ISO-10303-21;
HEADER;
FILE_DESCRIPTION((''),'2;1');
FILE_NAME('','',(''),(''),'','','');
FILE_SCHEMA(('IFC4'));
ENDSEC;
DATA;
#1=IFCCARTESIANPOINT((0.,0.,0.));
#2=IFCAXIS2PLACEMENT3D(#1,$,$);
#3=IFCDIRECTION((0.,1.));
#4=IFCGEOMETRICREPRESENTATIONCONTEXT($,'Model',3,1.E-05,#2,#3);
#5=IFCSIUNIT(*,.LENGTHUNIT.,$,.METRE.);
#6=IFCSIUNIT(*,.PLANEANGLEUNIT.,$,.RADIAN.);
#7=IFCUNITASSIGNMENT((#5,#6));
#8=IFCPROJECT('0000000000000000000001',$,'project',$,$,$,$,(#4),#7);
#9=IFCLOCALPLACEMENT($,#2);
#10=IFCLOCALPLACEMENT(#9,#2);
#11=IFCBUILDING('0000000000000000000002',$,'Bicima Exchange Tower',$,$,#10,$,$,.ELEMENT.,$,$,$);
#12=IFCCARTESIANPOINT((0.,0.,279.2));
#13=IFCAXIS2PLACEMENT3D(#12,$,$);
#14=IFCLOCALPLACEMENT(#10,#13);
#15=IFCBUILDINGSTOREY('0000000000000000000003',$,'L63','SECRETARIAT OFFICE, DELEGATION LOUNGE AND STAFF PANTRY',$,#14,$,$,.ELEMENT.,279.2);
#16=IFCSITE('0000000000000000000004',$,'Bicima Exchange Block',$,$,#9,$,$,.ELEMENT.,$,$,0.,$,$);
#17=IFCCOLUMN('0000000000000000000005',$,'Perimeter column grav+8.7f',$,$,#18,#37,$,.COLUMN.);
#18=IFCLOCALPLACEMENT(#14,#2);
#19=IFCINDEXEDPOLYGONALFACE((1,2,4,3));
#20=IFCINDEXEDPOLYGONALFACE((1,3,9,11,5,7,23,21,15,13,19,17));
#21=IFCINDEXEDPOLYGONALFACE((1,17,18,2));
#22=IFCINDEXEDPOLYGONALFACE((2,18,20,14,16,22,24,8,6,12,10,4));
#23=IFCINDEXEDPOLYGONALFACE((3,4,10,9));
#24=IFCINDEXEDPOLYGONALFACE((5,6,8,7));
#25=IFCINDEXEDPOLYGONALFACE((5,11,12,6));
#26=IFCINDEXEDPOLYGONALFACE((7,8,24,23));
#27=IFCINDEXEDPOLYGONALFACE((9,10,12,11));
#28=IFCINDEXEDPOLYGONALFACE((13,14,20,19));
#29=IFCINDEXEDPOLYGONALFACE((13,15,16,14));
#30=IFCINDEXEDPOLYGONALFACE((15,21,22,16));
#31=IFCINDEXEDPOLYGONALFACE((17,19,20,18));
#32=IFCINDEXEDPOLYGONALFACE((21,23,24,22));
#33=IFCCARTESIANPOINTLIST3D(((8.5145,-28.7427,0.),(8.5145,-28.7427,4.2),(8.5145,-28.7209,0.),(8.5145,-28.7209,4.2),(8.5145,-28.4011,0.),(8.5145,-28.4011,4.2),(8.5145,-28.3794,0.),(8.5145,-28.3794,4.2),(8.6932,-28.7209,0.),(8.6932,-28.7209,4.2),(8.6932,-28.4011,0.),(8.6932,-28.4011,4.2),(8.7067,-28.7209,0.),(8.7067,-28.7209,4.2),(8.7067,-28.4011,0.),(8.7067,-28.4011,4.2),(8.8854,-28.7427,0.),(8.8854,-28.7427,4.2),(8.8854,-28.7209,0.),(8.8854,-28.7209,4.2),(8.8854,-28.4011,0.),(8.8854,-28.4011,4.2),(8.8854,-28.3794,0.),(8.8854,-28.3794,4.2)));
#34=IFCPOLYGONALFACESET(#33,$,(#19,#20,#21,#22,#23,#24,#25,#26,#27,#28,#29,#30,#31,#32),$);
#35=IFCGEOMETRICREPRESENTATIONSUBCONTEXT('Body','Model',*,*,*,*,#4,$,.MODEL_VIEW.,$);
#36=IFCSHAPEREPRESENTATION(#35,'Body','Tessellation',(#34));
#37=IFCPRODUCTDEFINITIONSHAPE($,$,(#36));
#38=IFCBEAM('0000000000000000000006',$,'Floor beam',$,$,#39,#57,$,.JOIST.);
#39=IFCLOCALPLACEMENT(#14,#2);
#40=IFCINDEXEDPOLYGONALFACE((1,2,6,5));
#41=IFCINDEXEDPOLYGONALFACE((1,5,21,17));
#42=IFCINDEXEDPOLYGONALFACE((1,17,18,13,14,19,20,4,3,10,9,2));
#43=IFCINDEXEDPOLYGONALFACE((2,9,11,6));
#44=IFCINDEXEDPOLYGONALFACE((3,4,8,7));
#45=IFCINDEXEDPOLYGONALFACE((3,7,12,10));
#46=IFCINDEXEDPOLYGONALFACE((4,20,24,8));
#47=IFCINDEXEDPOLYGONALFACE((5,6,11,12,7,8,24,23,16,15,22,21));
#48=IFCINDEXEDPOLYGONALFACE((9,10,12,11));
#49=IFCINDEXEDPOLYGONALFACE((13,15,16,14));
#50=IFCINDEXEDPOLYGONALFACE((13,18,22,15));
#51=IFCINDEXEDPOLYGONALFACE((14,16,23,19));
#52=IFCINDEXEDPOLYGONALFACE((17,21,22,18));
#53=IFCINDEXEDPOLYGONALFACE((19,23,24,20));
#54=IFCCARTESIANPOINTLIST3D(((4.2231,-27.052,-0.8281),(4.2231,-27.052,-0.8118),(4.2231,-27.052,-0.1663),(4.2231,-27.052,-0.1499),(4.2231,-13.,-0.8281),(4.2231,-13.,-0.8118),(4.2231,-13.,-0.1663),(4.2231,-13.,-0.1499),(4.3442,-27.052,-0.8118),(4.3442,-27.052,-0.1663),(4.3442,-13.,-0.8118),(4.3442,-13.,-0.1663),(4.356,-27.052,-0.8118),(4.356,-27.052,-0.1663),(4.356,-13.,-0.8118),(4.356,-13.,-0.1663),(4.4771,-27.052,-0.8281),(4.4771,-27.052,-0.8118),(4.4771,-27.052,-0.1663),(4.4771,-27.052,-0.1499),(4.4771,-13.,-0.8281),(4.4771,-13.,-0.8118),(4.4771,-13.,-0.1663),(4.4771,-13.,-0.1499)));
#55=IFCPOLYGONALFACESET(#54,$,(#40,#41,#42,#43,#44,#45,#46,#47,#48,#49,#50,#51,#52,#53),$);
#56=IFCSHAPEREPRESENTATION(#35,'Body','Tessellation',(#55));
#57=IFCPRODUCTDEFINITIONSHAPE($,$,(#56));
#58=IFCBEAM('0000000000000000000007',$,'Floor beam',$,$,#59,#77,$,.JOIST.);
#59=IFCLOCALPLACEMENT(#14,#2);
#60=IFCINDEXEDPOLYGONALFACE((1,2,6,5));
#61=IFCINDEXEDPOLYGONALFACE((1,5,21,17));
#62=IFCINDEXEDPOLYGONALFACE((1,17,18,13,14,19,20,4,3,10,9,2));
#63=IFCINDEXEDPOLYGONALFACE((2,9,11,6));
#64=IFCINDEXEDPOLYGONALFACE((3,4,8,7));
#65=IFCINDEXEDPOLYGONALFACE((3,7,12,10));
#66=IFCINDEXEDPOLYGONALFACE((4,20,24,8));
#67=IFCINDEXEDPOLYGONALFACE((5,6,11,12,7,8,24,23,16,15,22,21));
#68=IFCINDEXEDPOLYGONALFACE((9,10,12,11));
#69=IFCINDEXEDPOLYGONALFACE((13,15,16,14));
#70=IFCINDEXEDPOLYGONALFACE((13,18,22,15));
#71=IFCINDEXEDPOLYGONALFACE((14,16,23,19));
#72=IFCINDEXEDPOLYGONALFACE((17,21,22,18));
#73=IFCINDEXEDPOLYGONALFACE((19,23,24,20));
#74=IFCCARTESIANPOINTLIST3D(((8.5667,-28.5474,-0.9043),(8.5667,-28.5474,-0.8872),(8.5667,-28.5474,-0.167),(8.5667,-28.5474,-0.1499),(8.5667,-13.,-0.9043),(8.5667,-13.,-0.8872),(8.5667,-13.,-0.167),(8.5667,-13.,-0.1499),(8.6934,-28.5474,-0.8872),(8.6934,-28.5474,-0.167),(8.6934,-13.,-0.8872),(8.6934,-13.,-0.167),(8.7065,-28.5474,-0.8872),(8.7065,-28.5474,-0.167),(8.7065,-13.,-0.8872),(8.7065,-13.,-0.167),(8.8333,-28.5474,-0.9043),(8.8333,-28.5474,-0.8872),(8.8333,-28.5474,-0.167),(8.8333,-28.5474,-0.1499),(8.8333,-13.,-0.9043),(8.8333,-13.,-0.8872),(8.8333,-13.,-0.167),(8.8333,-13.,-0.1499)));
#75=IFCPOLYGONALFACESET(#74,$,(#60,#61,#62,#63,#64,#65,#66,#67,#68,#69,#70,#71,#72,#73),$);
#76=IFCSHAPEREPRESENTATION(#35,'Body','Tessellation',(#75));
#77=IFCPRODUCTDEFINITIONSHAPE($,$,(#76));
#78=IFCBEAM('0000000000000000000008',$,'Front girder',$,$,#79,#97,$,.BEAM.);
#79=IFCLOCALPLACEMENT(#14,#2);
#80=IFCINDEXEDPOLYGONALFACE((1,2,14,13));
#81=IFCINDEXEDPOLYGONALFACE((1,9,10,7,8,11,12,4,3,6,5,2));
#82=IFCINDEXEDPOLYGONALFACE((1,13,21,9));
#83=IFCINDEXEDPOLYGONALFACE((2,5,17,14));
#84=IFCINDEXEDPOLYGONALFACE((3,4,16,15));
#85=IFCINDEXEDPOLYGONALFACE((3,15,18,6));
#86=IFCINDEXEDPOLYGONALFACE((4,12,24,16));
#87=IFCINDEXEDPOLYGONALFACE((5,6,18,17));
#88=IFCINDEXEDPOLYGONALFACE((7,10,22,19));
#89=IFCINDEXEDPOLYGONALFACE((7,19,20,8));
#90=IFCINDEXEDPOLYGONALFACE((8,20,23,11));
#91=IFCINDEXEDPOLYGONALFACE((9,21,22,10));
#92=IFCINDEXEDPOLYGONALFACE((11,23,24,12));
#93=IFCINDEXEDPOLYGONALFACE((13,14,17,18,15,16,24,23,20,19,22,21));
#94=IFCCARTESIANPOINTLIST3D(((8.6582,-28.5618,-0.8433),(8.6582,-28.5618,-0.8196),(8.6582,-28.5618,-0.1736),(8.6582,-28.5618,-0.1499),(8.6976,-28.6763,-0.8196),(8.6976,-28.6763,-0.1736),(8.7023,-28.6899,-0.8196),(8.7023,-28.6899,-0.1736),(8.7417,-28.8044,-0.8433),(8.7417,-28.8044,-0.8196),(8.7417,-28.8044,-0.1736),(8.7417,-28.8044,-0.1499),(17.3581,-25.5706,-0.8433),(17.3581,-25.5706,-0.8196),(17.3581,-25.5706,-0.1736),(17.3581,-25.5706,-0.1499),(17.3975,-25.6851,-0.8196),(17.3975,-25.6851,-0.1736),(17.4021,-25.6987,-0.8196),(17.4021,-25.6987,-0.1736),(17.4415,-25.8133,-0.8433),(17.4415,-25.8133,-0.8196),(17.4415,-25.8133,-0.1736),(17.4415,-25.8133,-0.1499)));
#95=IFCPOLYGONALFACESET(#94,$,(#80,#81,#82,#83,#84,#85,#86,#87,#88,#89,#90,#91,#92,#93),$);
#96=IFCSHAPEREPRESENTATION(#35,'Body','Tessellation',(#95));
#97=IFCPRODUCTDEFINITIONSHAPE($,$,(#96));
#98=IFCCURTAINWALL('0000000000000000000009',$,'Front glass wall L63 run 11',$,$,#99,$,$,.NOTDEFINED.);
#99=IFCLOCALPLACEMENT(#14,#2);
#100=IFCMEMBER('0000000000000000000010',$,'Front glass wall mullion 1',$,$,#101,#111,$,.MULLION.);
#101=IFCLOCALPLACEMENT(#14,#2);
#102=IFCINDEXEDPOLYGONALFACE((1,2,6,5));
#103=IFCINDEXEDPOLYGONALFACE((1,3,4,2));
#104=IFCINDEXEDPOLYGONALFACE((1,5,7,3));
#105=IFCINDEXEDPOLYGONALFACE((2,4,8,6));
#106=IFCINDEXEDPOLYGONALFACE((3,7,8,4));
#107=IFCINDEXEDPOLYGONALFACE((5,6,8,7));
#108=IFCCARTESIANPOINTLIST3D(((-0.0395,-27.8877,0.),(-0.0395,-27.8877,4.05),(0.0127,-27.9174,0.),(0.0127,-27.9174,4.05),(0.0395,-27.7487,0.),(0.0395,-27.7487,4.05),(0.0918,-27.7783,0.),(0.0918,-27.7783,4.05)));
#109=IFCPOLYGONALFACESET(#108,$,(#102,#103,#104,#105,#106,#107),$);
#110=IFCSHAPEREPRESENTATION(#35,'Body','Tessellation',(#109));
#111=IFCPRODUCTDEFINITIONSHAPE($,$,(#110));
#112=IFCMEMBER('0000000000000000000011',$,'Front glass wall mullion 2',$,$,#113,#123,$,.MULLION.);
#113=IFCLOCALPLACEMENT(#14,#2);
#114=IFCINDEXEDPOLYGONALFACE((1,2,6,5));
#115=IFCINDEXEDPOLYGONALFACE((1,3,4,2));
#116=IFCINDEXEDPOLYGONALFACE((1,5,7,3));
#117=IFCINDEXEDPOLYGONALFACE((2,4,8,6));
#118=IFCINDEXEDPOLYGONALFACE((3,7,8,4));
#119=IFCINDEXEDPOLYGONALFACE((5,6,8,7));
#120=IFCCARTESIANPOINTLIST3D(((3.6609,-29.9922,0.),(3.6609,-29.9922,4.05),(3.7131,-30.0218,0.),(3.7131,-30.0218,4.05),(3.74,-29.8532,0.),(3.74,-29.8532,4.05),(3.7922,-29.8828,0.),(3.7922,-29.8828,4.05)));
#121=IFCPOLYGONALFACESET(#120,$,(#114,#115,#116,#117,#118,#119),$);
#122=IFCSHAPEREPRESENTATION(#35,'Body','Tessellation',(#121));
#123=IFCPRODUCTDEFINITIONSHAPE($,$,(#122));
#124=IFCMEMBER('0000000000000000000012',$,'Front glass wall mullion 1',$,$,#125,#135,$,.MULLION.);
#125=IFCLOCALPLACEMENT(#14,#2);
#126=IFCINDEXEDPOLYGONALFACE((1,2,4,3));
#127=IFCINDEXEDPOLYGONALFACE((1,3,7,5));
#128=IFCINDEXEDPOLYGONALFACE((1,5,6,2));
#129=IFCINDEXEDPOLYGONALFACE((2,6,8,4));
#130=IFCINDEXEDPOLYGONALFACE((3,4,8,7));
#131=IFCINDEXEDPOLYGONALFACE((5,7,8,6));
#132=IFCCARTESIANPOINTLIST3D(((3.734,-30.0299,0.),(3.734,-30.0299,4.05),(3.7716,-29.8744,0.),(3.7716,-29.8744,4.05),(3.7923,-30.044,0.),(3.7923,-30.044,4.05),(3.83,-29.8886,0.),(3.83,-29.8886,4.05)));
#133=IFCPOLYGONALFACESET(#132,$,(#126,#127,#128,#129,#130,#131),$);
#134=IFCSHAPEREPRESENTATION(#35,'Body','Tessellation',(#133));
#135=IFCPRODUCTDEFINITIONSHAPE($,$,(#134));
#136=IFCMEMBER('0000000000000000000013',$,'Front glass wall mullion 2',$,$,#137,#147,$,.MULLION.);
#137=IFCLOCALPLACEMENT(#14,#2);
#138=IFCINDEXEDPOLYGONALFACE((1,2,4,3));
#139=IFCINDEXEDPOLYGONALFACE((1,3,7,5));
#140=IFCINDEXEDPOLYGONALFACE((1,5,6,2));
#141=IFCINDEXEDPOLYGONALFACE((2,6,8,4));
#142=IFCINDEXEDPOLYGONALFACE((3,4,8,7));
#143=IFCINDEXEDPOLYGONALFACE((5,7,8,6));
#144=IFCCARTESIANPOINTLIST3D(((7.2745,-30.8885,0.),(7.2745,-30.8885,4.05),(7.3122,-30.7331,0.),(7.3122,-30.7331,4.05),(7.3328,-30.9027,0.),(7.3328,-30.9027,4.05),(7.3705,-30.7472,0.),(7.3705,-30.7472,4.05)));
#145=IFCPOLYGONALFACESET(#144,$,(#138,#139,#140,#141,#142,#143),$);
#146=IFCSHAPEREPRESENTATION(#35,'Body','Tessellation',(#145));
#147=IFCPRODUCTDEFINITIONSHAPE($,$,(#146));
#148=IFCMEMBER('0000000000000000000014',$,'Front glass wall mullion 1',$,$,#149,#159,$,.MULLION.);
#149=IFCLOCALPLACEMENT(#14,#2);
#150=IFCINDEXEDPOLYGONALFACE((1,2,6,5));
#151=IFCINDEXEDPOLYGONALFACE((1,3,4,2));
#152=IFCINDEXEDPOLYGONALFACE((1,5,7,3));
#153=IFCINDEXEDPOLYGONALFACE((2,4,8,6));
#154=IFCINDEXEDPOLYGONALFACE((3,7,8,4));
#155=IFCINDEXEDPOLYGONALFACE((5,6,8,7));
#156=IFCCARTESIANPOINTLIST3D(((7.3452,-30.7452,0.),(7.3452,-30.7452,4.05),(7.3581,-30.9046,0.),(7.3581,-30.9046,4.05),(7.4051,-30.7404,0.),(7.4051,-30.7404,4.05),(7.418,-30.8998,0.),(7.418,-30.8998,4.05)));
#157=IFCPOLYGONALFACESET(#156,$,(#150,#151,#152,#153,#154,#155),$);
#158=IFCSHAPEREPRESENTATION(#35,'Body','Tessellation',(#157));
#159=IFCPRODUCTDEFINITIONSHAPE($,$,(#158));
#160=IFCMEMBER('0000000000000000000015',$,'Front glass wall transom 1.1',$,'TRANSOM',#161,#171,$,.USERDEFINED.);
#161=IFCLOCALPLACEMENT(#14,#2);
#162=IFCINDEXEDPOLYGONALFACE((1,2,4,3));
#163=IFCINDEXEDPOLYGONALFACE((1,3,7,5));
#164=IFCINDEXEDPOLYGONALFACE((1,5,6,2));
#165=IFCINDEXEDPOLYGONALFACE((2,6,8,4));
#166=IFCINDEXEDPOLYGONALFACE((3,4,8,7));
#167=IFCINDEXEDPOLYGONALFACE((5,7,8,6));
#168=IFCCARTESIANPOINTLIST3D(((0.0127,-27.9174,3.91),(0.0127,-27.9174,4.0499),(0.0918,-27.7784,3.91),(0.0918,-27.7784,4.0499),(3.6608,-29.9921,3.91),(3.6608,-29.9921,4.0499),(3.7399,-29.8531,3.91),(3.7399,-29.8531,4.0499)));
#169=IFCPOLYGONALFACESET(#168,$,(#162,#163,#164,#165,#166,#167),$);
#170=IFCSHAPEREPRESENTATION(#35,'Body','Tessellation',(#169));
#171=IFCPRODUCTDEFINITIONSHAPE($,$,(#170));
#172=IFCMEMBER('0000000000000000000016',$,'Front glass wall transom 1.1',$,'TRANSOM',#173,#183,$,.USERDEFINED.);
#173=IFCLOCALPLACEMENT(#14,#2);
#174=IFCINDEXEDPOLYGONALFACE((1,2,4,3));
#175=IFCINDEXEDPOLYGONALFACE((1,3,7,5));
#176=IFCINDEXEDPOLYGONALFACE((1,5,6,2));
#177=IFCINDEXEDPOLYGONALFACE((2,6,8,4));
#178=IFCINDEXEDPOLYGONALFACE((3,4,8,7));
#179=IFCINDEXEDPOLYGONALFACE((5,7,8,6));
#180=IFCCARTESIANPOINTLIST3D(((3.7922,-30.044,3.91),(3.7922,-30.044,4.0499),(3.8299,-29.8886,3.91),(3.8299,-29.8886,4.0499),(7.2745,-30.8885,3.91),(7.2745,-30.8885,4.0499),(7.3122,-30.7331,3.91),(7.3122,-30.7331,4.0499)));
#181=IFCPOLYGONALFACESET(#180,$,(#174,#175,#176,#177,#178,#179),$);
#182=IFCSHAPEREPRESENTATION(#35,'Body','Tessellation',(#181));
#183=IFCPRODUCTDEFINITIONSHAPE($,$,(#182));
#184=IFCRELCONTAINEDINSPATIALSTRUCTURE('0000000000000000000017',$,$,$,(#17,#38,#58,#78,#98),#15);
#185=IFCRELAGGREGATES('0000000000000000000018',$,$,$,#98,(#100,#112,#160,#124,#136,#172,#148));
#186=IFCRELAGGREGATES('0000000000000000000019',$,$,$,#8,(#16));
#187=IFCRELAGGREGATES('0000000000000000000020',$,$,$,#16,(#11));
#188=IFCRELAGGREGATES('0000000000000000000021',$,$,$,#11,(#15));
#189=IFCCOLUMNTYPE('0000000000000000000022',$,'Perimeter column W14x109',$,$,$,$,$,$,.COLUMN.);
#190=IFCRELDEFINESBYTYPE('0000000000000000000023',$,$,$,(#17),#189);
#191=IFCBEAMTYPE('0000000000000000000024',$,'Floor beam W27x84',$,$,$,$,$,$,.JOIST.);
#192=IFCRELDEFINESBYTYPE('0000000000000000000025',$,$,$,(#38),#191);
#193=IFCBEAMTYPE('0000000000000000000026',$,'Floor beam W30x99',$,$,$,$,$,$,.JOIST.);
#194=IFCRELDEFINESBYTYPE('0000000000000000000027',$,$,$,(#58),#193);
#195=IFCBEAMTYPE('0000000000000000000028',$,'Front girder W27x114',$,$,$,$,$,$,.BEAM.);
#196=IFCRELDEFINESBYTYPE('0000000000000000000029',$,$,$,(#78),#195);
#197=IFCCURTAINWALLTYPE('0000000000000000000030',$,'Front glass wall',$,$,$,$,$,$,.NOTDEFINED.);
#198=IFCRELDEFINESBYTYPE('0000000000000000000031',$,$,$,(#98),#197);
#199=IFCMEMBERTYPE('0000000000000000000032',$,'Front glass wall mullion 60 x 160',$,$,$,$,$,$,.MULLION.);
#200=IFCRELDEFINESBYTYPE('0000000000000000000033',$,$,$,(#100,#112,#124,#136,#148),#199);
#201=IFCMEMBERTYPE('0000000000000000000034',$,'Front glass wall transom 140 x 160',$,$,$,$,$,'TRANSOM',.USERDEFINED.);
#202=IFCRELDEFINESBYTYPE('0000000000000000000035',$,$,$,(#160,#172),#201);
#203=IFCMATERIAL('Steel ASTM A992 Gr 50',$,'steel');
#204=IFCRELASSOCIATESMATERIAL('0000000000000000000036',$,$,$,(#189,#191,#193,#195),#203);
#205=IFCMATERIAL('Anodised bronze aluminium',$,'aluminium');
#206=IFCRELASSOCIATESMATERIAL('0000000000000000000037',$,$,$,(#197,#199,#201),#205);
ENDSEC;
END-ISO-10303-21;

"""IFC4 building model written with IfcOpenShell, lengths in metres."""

from ifc_helpers import new_model, si_unit, direction, frame, origin, origin_2d, place, context, subcontext, project, spatial, rectangle, i_section, extrude, material, material_profile, profile_set, type_object, element, aggregate, save


model = new_model("IFC4")

# Units and contexts
model_context = context("Model", 3, precision=1e-05, world=origin(), true_north=direction((0.0, 1.0)))
body_context = subcontext(model_context, "Body", "Model", "MODEL_VIEW")
ifc_project = project(units=[si_unit("LENGTHUNIT", "METRE"), si_unit("PLANEANGLEUNIT", "RADIAN")], contexts=[model_context])

# Site, building, storey
site_placement = place(None, origin())
site = spatial("IfcSite", under=ifc_project, at=site_placement, Name="Bicima Exchange Block", CompositionType="ELEMENT", RefElevation=0.0)
building_placement = place(site_placement, origin())
building = spatial("IfcBuilding", under=site, at=building_placement, Name="Bicima Exchange Tower", CompositionType="ELEMENT")
storey_placement = place(building_placement, frame((0.0, 0.0, 279.2)))
storey = spatial("IfcBuildingStorey", under=building, at=storey_placement, Name="L63", Description="SECRETARIAT OFFICE, DELEGATION LOUNGE AND STAFF PANTRY", CompositionType="ELEMENT", Elevation=279.2)

# Column
ifc_material_1 = material(Name="Steel ASTM A992 Gr 50", Category="steel")
ifc_material_profile_1 = material_profile(ifc_material_1, i_section(OverallWidth=0.3708, OverallDepth=0.3633, WebThickness=0.0134, FlangeThickness=0.0217, at=origin_2d()))
ifc_profile_set_1 = profile_set([ifc_material_profile_1], Name="Steel ASTM A992 Gr 50")
column_type = type_object("IfcColumnType", Name="Perimeter column W14x109", PredefinedType="COLUMN", material=ifc_profile_set_1)
column_placement = place(storey_placement, frame((8.7, -28.561, 0.0), z_axis=(0.0, 0.0, 1.0), x_axis=(1.0, 0.0, 0.0)))
element("IfcColumn", 1, at=column_placement, inside=storey, type_object=column_type, Name="Perimeter column grav+8.7f", PredefinedType="COLUMN", context=body_context, shape_type="SweptSolid", body=[
    extrude(i_section(OverallWidth=0.3708, OverallDepth=0.3633, WebThickness=0.0134, FlangeThickness=0.0217, at=origin_2d()), origin(), (0.0, 0.0, 1.0), 4.2),
])

# Beams
ifc_material_profile_2 = material_profile(ifc_material_1, i_section(OverallWidth=0.2539, OverallDepth=0.6782, WebThickness=0.0117, FlangeThickness=0.0164, at=origin_2d()))
ifc_profile_set_2 = profile_set([ifc_material_profile_2], Name="Steel ASTM A992 Gr 50")
beam_type_1 = type_object("IfcBeamType", Name="Floor beam W27x84", PredefinedType="JOIST", material=ifc_profile_set_2)
beam_1_placement = place(storey_placement, frame((4.3501, -13.0, -0.489), z_axis=(0.0, -1.0, 0.0), x_axis=(1.0, 0.0, 0.0)))
element("IfcBeam", 2, at=beam_1_placement, inside=storey, type_object=beam_type_1, Name="Floor beam", PredefinedType="JOIST", context=body_context, shape_type="SweptSolid", body=[
    extrude(i_section(OverallWidth=0.2539, OverallDepth=0.6782, WebThickness=0.0117, FlangeThickness=0.0164, at=origin_2d()), origin(), (0.0, 0.0, 1.0), 14.052),
])
ifc_material_profile_3 = material_profile(ifc_material_1, i_section(OverallWidth=0.2666, OverallDepth=0.7544, WebThickness=0.0132, FlangeThickness=0.0171, at=origin_2d()))
ifc_profile_set_3 = profile_set([ifc_material_profile_3], Name="Steel ASTM A992 Gr 50")
beam_type_2 = type_object("IfcBeamType", Name="Floor beam W30x99", PredefinedType="JOIST", material=ifc_profile_set_3)
beam_2_placement = place(storey_placement, frame((8.7, -13.0, -0.5271), z_axis=(0.0, -1.0, 0.0), x_axis=(1.0, 0.0, 0.0)))
element("IfcBeam", 3, at=beam_2_placement, inside=storey, type_object=beam_type_2, Name="Floor beam", PredefinedType="JOIST", context=body_context, shape_type="SweptSolid", body=[
    extrude(i_section(OverallWidth=0.2666, OverallDepth=0.7544, WebThickness=0.0132, FlangeThickness=0.0171, at=origin_2d()), origin(), (0.0, 0.0, 1.0), 15.5474),
])
ifc_material_profile_4 = material_profile(ifc_material_1, i_section(OverallWidth=0.2566, OverallDepth=0.6934, WebThickness=0.0144, FlangeThickness=0.0237, at=origin_2d()))
ifc_profile_set_4 = profile_set([ifc_material_profile_4], Name="Steel ASTM A992 Gr 50")
beam_type_3 = type_object("IfcBeamType", Name="Front girder W27x114", PredefinedType="BEAM", material=ifc_profile_set_4)
beam_3_placement = place(storey_placement, frame((8.7, -28.6831, -0.4966), z_axis=(0.945666, 0.325138, 0.0), x_axis=(-0.325138, 0.945666, 0.0)))
element("IfcBeam", 4, at=beam_3_placement, inside=storey, type_object=beam_type_3, Name="Front girder", PredefinedType="BEAM", context=body_context, shape_type="SweptSolid", body=[
    extrude(i_section(OverallWidth=0.2566, OverallDepth=0.6934, WebThickness=0.0144, FlangeThickness=0.0237, at=origin_2d()), origin(), (0.0, 0.0, 1.0), 9.1997),
])

# Curtain wall, members
ifc_material_2 = material(Name="Anodised bronze aluminium", Category="aluminium")
curtain_wall_type = type_object("IfcCurtainWallType", Name="Front glass wall", PredefinedType="NOTDEFINED", material=ifc_material_2)
curtain_wall_placement = place(storey_placement, origin())
curtain_wall = element("IfcCurtainWall", 5, at=curtain_wall_placement, inside=storey, type_object=curtain_wall_type, Name="Front glass wall L63 run 11", PredefinedType="NOTDEFINED")
ifc_material_profile_5 = material_profile(ifc_material_2, rectangle(XDim=0.1599, YDim=0.0601, at=origin_2d()))
ifc_profile_set_5 = profile_set([ifc_material_profile_5], Name="Anodised bronze aluminium")
member_type_1 = type_object("IfcMemberType", Name="Front glass wall mullion 60 x 160", PredefinedType="MULLION", material=ifc_profile_set_5)
member_1_placement = place(storey_placement, frame((0.0261, -27.833, 0.0), z_axis=(0.0, 0.0, 1.0), x_axis=(0.49433, 0.869274, 0.0)))
member_1 = element("IfcMember", 6, at=member_1_placement, type_object=member_type_1, Name="Front glass wall mullion 1", PredefinedType="MULLION", context=body_context, shape_type="SweptSolid", body=[
    extrude(rectangle(XDim=0.1599, YDim=0.0601, at=origin_2d()), origin(), (0.0, 0.0, 1.0), 4.05),
])
member_2_placement = place(storey_placement, frame((3.7266, -29.9375, 0.0), z_axis=(0.0, 0.0, 1.0), x_axis=(0.49433, 0.869274, 0.0)))
member_2 = element("IfcMember", 7, at=member_2_placement, type_object=member_type_1, Name="Front glass wall mullion 2", PredefinedType="MULLION", context=body_context, shape_type="SweptSolid", body=[
    extrude(rectangle(XDim=0.1599, YDim=0.0601, at=origin_2d()), origin(), (0.0, 0.0, 1.0), 4.05),
])
member_3_placement = place(storey_placement, frame((3.782, -29.9592, 0.0), z_axis=(0.0, 0.0, 1.0), x_axis=(0.235682, 0.97183, 0.0)))
member_3 = element("IfcMember", 8, at=member_3_placement, type_object=member_type_1, Name="Front glass wall mullion 1", PredefinedType="MULLION", context=body_context, shape_type="SweptSolid", body=[
    extrude(rectangle(XDim=0.1599, YDim=0.0601, at=origin_2d()), origin(), (0.0, 0.0, 1.0), 4.05),
])
member_4_placement = place(storey_placement, frame((7.3225, -30.8179, 0.0), z_axis=(0.0, 0.0, 1.0), x_axis=(0.235682, 0.97183, 0.0)))
member_4 = element("IfcMember", 9, at=member_4_placement, type_object=member_type_1, Name="Front glass wall mullion 2", PredefinedType="MULLION", context=body_context, shape_type="SweptSolid", body=[
    extrude(rectangle(XDim=0.1599, YDim=0.0601, at=origin_2d()), origin(), (0.0, 0.0, 1.0), 4.05),
])
member_5_placement = place(storey_placement, frame((7.3816, -30.8225, 0.0), z_axis=(0.0, 0.0, 1.0), x_axis=(-0.080589, 0.996747, 0.0)))
member_5 = element("IfcMember", 10, at=member_5_placement, type_object=member_type_1, Name="Front glass wall mullion 1", PredefinedType="MULLION", context=body_context, shape_type="SweptSolid", body=[
    extrude(rectangle(XDim=0.1599, YDim=0.0601, at=origin_2d()), origin(), (0.0, 0.0, 1.0), 4.05),
])
ifc_material_profile_6 = material_profile(ifc_material_2, rectangle(XDim=0.1599, YDim=0.1399, at=origin_2d()))
ifc_profile_set_6 = profile_set([ifc_material_profile_6], Name="Anodised bronze aluminium")
member_type_2 = type_object("IfcMemberType", Name="Front glass wall transom 140 x 160", ElementType="TRANSOM", PredefinedType="USERDEFINED", material=ifc_profile_set_6)
member_6_placement = place(storey_placement, frame((0.0522, -27.8479, 3.98), z_axis=(0.869265, -0.494346, 0.0), x_axis=(0.494346, 0.869265, 0.0)))
member_6 = element("IfcMember", 11, at=member_6_placement, type_object=member_type_2, Name="Front glass wall transom 1.1", ObjectType="TRANSOM", PredefinedType="USERDEFINED", context=body_context, shape_type="SweptSolid", body=[
    extrude(rectangle(XDim=0.1599, YDim=0.1399, at=origin_2d()), origin(), (0.0, 0.0, 1.0), 4.1968),
])
member_7_placement = place(storey_placement, frame((3.811, -29.9663, 3.98), z_axis=(0.971834, -0.235668, 0.0), x_axis=(0.235668, 0.971834, 0.0)))
member_7 = element("IfcMember", 12, at=member_7_placement, type_object=member_type_2, Name="Front glass wall transom 1.1", ObjectType="TRANSOM", PredefinedType="USERDEFINED", context=body_context, shape_type="SweptSolid", body=[
    extrude(rectangle(XDim=0.1599, YDim=0.1399, at=origin_2d()), origin(), (0.0, 0.0, 1.0), 3.5833),
])

aggregate(curtain_wall, [member_1, member_2, member_6, member_3, member_4, member_7, member_5])

save(model, "model.ifc")
